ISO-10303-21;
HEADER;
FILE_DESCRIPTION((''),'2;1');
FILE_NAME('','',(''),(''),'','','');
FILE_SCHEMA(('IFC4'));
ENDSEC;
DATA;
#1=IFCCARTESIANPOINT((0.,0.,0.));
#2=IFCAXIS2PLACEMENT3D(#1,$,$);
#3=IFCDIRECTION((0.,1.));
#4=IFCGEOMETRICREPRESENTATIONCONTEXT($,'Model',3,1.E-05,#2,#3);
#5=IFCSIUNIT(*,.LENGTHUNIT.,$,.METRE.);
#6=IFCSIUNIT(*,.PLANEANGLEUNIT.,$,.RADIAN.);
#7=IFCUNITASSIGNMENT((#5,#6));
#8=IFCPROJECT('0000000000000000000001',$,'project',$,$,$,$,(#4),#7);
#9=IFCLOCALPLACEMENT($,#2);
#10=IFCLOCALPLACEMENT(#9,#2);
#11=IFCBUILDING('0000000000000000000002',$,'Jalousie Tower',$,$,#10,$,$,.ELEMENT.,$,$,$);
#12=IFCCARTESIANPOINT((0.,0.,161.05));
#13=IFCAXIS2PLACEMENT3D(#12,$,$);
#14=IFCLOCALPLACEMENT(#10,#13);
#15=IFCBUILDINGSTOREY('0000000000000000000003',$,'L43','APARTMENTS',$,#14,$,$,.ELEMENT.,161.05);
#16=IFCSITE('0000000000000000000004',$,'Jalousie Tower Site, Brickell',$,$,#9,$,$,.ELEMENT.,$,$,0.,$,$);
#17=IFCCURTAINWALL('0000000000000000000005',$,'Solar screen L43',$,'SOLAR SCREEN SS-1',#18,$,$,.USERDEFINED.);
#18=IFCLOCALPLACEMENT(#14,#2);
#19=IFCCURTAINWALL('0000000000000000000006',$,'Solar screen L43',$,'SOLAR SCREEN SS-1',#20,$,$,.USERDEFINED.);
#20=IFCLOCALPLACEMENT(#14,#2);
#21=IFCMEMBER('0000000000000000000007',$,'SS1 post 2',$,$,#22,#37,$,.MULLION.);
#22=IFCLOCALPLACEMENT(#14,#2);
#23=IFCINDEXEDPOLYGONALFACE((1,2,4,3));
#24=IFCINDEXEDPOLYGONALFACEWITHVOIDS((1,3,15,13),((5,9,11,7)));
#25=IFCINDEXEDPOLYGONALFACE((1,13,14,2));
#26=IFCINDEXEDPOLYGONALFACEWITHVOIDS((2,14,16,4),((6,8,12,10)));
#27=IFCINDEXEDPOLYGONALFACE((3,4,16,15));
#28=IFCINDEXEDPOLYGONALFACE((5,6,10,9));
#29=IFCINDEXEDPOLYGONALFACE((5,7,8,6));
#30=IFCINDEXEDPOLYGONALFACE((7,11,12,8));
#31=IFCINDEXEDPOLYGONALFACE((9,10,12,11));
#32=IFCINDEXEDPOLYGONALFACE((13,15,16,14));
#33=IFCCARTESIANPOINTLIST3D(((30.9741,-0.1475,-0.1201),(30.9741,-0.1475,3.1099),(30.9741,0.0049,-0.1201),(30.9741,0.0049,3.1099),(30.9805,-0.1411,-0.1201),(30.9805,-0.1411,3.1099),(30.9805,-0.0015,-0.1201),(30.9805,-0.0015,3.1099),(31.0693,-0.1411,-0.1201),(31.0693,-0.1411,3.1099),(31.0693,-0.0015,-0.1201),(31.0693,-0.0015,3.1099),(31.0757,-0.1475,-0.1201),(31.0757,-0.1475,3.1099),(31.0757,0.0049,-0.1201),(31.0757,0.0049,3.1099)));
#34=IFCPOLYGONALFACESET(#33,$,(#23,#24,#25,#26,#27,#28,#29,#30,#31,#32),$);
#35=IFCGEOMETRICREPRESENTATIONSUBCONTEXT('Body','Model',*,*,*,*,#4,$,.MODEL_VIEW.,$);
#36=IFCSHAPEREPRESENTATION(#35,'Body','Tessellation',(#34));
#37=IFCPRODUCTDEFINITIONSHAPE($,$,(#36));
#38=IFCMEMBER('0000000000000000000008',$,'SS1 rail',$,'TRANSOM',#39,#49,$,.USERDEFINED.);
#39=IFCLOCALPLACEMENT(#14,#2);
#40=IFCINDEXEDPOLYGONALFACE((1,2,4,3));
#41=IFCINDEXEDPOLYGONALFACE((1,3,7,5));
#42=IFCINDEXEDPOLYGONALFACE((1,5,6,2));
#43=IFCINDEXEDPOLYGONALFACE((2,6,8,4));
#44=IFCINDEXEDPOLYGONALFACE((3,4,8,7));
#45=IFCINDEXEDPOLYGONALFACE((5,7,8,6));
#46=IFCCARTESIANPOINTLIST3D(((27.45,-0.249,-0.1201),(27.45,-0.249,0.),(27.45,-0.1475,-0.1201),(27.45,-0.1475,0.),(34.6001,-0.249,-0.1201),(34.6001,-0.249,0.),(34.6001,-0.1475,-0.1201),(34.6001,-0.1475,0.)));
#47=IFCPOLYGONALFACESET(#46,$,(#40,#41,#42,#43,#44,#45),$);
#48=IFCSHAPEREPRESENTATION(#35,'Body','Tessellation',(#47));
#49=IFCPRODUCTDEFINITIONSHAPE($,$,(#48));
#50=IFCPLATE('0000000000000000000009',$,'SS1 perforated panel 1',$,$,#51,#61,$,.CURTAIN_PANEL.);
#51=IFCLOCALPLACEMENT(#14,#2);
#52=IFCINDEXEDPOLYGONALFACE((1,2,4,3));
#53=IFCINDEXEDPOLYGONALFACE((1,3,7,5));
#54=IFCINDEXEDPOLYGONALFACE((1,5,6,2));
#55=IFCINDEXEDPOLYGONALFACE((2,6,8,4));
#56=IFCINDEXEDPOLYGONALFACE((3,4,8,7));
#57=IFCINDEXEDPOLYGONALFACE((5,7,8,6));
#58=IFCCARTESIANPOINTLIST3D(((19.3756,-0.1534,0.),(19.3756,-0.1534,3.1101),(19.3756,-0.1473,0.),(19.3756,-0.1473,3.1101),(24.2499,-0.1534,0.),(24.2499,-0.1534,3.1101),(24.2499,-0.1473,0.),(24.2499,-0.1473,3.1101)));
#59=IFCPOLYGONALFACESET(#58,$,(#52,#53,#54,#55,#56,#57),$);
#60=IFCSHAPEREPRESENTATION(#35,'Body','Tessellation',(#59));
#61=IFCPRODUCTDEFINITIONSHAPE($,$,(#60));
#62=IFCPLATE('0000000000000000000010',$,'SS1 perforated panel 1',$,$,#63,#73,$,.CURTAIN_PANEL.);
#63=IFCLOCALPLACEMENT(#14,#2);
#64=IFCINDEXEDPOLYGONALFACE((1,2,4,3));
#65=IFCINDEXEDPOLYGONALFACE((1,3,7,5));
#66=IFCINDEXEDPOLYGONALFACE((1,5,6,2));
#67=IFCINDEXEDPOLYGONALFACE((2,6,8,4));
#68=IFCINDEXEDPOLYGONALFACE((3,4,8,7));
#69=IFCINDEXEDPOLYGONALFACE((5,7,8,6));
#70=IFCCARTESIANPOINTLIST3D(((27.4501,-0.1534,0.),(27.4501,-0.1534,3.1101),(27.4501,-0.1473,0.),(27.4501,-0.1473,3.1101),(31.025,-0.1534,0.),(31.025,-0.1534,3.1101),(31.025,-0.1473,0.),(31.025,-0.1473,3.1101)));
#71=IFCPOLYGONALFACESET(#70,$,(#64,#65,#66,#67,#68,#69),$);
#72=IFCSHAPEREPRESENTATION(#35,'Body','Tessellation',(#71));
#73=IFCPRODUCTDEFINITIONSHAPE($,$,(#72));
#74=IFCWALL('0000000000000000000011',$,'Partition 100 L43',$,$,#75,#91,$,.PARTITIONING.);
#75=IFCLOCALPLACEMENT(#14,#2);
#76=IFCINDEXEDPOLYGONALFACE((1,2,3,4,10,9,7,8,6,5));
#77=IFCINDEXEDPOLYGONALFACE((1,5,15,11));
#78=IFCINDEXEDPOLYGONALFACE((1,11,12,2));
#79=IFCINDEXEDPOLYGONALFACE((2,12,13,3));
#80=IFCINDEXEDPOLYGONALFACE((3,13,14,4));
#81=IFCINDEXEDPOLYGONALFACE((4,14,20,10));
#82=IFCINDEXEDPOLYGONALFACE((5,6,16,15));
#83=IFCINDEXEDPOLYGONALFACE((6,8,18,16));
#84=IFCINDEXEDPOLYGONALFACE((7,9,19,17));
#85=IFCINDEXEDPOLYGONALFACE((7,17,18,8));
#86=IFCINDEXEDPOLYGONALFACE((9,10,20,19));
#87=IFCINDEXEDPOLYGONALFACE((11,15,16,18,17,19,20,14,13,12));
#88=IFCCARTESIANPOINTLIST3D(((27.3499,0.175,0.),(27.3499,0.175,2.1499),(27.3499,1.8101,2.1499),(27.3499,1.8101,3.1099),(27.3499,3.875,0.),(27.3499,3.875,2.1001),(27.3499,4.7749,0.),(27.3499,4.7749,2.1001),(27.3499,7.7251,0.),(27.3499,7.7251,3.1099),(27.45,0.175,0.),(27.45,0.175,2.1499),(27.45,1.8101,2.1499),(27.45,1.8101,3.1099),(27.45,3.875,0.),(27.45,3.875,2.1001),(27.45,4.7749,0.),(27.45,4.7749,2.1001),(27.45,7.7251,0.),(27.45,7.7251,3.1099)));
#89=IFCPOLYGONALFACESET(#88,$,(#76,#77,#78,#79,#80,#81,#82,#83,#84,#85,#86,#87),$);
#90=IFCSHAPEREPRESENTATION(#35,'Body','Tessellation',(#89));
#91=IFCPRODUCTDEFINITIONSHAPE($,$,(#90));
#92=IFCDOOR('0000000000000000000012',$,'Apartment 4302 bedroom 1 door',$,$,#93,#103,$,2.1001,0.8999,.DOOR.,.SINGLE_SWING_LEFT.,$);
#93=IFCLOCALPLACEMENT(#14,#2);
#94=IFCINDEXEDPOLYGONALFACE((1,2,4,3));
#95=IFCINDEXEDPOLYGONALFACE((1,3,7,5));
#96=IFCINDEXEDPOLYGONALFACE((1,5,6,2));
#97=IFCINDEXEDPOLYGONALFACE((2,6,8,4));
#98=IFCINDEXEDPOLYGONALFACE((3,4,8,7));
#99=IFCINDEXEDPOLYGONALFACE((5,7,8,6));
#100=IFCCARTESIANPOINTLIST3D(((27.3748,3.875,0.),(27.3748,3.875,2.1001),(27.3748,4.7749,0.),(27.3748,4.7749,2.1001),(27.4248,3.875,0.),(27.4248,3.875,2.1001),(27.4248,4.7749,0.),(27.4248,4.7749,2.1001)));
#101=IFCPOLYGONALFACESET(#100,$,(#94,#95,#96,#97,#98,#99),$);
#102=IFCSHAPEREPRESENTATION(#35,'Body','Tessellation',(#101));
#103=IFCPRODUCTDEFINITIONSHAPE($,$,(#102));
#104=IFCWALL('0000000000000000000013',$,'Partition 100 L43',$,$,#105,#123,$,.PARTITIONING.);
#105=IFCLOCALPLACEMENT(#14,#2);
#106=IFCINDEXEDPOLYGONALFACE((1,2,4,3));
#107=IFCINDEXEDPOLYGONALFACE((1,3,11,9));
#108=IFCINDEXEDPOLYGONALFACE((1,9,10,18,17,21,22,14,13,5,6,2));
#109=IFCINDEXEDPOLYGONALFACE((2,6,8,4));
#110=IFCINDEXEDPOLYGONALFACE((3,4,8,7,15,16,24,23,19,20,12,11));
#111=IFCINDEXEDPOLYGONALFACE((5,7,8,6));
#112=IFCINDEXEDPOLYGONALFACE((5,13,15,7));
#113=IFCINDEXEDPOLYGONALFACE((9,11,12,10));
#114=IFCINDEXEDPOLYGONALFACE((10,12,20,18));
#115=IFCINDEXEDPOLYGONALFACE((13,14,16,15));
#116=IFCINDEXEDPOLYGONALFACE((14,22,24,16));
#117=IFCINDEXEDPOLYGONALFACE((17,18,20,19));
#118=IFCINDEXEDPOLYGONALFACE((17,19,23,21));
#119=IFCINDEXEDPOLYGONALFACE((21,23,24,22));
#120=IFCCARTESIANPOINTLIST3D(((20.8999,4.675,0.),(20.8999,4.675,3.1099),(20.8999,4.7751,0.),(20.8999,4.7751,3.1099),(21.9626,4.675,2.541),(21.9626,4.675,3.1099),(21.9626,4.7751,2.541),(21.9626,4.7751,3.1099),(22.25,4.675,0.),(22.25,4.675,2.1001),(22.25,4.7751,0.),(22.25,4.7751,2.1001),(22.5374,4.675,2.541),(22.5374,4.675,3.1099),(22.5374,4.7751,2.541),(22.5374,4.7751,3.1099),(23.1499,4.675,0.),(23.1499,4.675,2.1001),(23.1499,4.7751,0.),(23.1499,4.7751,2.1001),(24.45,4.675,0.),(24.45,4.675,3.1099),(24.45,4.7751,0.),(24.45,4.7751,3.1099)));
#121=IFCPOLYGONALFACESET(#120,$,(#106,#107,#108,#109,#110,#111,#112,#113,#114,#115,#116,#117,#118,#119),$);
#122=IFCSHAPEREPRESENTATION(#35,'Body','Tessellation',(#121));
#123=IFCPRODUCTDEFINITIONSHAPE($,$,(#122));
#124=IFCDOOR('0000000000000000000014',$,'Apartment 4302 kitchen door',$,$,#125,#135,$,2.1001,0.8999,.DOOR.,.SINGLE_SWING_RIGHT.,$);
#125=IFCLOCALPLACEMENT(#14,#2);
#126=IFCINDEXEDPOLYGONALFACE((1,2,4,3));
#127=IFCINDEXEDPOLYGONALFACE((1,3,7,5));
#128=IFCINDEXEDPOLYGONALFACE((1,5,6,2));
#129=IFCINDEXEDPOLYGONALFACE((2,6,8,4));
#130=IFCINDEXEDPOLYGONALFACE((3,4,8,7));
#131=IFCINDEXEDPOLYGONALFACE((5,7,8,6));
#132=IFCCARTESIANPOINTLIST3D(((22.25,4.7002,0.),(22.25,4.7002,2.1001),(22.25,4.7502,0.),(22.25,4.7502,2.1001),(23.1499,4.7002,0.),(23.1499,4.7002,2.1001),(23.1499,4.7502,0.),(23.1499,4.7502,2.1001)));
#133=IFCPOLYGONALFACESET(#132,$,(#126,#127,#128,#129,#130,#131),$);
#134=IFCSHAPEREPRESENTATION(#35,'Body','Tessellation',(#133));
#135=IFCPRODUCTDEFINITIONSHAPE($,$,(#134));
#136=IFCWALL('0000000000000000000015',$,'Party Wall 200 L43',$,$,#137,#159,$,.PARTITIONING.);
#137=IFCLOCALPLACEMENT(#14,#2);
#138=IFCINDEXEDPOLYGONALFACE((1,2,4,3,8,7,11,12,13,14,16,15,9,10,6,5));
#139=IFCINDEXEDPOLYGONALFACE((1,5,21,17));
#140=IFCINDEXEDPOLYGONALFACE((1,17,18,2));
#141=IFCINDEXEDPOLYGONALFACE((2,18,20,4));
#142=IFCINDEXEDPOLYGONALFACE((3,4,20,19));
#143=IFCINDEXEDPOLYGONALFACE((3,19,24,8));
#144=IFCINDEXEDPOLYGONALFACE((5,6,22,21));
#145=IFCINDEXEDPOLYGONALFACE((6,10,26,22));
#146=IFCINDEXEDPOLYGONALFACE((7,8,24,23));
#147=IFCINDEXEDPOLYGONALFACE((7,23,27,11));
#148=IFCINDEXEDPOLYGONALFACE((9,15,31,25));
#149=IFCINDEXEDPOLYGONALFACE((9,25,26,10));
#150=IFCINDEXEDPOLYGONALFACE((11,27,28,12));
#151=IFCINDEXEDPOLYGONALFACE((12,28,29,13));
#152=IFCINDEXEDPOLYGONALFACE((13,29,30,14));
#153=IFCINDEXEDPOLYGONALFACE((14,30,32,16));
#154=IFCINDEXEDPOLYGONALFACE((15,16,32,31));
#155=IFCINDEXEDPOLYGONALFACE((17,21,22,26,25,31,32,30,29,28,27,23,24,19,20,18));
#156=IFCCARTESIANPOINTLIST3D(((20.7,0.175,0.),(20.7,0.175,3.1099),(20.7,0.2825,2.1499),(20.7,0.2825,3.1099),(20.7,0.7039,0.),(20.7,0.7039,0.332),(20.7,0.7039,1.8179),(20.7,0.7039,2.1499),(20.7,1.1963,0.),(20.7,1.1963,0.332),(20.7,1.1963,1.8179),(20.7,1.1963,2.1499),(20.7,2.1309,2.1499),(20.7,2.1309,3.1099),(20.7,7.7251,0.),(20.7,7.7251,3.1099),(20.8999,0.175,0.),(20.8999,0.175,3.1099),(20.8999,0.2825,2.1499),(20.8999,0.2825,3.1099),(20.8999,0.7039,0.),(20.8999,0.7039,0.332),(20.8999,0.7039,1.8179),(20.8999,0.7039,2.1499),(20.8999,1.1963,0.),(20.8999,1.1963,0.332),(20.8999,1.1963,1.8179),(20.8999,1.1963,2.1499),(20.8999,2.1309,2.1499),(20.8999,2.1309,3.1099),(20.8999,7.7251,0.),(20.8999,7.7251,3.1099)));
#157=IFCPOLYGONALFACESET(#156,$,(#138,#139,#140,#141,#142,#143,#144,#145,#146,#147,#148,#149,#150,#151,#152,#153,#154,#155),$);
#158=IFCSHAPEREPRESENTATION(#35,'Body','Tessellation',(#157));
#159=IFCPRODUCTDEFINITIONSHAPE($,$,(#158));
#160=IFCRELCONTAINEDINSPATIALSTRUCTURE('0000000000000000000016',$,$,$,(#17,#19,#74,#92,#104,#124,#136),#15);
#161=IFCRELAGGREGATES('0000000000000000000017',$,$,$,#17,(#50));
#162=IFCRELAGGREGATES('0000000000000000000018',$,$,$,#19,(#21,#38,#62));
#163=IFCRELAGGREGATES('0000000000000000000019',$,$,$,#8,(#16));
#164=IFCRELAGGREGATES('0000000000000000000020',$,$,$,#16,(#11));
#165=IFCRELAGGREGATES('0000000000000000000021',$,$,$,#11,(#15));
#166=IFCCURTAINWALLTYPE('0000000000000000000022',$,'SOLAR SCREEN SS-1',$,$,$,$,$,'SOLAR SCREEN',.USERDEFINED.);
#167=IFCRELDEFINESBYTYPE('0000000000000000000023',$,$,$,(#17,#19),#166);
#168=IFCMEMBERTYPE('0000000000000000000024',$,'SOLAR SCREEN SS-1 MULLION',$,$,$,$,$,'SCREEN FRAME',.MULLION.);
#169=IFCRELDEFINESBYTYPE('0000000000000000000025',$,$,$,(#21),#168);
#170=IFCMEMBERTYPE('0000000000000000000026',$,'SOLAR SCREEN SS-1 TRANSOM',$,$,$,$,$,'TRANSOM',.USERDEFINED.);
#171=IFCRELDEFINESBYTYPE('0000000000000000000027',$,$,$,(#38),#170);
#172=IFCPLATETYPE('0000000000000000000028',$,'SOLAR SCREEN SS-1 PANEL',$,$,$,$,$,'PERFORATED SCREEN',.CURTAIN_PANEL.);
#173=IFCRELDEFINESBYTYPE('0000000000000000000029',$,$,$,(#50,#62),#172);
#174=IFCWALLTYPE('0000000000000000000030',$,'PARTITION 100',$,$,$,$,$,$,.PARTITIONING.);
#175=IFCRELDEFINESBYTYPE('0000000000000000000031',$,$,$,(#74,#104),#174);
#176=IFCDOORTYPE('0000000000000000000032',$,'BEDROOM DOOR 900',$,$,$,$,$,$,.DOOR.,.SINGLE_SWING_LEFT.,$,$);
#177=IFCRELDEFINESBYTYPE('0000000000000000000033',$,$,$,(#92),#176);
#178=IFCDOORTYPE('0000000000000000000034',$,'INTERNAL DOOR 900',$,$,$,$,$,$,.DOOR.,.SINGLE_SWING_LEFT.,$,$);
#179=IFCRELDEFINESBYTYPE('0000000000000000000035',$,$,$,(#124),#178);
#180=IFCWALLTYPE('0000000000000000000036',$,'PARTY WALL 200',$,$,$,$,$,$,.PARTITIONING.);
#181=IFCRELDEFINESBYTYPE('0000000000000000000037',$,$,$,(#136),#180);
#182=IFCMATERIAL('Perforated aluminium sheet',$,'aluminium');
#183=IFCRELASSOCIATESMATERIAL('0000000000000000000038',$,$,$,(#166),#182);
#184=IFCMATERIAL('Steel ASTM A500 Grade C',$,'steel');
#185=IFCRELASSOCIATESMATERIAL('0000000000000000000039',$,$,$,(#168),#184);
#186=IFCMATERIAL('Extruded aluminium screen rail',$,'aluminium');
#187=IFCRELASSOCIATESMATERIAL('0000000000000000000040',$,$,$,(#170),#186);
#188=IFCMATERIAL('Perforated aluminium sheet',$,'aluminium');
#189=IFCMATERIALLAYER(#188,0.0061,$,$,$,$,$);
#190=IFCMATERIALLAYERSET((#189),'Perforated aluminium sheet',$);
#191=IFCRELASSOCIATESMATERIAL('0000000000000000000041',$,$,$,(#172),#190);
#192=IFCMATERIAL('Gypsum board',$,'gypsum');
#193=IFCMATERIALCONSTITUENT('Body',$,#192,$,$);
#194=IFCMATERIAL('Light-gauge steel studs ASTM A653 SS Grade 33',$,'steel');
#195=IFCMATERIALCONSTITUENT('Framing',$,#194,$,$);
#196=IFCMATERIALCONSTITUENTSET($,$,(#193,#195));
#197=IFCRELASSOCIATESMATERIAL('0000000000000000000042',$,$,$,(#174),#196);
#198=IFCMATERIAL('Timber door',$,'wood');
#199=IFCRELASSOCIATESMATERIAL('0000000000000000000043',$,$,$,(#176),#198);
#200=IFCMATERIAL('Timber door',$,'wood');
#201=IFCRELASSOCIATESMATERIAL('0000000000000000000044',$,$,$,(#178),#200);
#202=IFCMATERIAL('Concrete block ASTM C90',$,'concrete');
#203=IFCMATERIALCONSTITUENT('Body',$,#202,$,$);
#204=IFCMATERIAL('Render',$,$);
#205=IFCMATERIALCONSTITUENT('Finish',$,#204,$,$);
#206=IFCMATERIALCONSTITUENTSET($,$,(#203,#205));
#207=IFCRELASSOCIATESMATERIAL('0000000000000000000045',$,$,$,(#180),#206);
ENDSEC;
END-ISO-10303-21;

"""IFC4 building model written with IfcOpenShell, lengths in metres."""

from ifc_helpers import new_model, si_unit, direction, frame, frame_2d, origin, origin_2d, place, context, subcontext, project, spatial, polyline, rectangle, hollow_rectangle, outline, extrude, material, layer, layer_set, constituent, constituent_set, material_profile, profile_set, type_object, element, fill, aggregate, save


model = new_model("IFC4")

# Units and contexts
model_context = context("Model", 3, precision=1e-05, world=origin(), true_north=direction((0.0, 1.0)))
body_context = subcontext(model_context, "Body", "Model", "MODEL_VIEW")
ifc_project = project(units=[si_unit("LENGTHUNIT", "METRE"), si_unit("PLANEANGLEUNIT", "RADIAN")], contexts=[model_context])

# Site, building, storey
site_placement = place(None, origin())
site = spatial("IfcSite", under=ifc_project, at=site_placement, Name="Jalousie Tower Site, Brickell", CompositionType="ELEMENT", RefElevation=0.0)
building_placement = place(site_placement, origin())
building = spatial("IfcBuilding", under=site, at=building_placement, Name="Jalousie Tower", CompositionType="ELEMENT")
storey_placement = place(building_placement, frame((0.0, 0.0, 161.05)))
storey = spatial("IfcBuildingStorey", under=building, at=storey_placement, Name="L43", Description="APARTMENTS", CompositionType="ELEMENT", Elevation=161.05)

# Curtain walls, members
ifc_material_1 = material(Name="Perforated aluminium sheet", Category="aluminium")
curtain_wall_type = type_object("IfcCurtainWallType", Name="SOLAR SCREEN SS-1", ElementType="SOLAR SCREEN", PredefinedType="USERDEFINED", material=ifc_material_1)
curtain_wall_1_placement = place(storey_placement, origin())
curtain_wall_1 = element("IfcCurtainWall", 1, at=curtain_wall_1_placement, inside=storey, type_object=curtain_wall_type, Name="Solar screen L43", ObjectType="SOLAR SCREEN SS-1", PredefinedType="USERDEFINED")
ifc_material_2 = material(Name="Steel ASTM A500 Grade C", Category="steel")
ifc_material_profile_1 = material_profile(ifc_material_2, hollow_rectangle(XDim=0.1016, YDim=0.1523, WallThickness=0.0063, at=origin_2d()), Name="HSS6X4X1/4")
ifc_profile_set_1 = profile_set([ifc_material_profile_1], Name="Steel ASTM A500 Grade C")
member_type_1 = type_object("IfcMemberType", Name="SOLAR SCREEN SS-1 MULLION", ElementType="SCREEN FRAME", PredefinedType="MULLION", material=ifc_profile_set_1)
curtain_wall_2_placement = place(storey_placement, origin())
curtain_wall_2 = element("IfcCurtainWall", 2, at=curtain_wall_2_placement, inside=storey, type_object=curtain_wall_type, Name="Solar screen L43", ObjectType="SOLAR SCREEN SS-1", PredefinedType="USERDEFINED")
member_1_placement = place(storey_placement, frame((31.0249, -0.0713, -0.1201), z_axis=(0.0, 0.0, 1.0), x_axis=(1.0, 0.0, 0.0)))
member_1 = element("IfcMember", 3, at=member_1_placement, type_object=member_type_1, Name="SS1 post 2", PredefinedType="MULLION", context=body_context, shape_type="SweptSolid", body=[
    extrude(hollow_rectangle(XDim=0.1016, YDim=0.1523, WallThickness=0.0063, at=origin_2d()), origin(), (0.0, 0.0, 1.0), 3.23),
])
ifc_material_3 = material(Name="Extruded aluminium screen rail", Category="aluminium")
ifc_material_profile_2 = material_profile(ifc_material_3, rectangle(XDim=0.1016, YDim=0.1201, at=origin_2d()), Name="RAIL 102x120")
ifc_profile_set_2 = profile_set([ifc_material_profile_2], Name="Extruded aluminium screen rail")
member_type_2 = type_object("IfcMemberType", Name="SOLAR SCREEN SS-1 TRANSOM", ElementType="TRANSOM", PredefinedType="USERDEFINED", material=ifc_profile_set_2)
member_2_placement = place(storey_placement, frame((27.45, -0.1982, -0.0601), z_axis=(1.0, 0.0, 0.0), x_axis=(0.0, 1.0, 0.0)))
member_2 = element("IfcMember", 4, at=member_2_placement, type_object=member_type_2, Name="SS1 rail", ObjectType="TRANSOM", PredefinedType="USERDEFINED", context=body_context, shape_type="SweptSolid", body=[
    extrude(rectangle(XDim=0.1016, YDim=0.1201, at=origin_2d()), origin(), (0.0, 0.0, 1.0), 7.1501),
])

# Plates
ifc_material_4 = material(Name="Perforated aluminium sheet", Category="aluminium")
ifc_layer_1 = layer(ifc_material_4, 0.0061)
ifc_layer_set_1 = layer_set([ifc_layer_1], Name="Perforated aluminium sheet")
plate_type = type_object("IfcPlateType", Name="SOLAR SCREEN SS-1 PANEL", ElementType="PERFORATED SCREEN", PredefinedType="CURTAIN_PANEL", material=ifc_layer_set_1)
plate_1_placement = place(storey_placement, frame((21.8127, -0.1504, 0.0), z_axis=(0.0, 0.0, 1.0), x_axis=(1.0, 0.0, 0.0)))
plate_1 = element("IfcPlate", 5, at=plate_1_placement, type_object=plate_type, Name="SS1 perforated panel 1", PredefinedType="CURTAIN_PANEL", context=body_context, shape_type="SweptSolid", body=[
    extrude(rectangle(XDim=4.8743, YDim=0.0061, at=origin_2d()), origin(), (0.0, 0.0, 1.0), 3.1101),
])
aggregate(curtain_wall_1, [plate_1])
plate_2_placement = place(storey_placement, frame((29.2375, -0.1504, 0.0), z_axis=(0.0, 0.0, 1.0), x_axis=(1.0, 0.0, 0.0)))
plate_2 = element("IfcPlate", 6, at=plate_2_placement, type_object=plate_type, Name="SS1 perforated panel 1", PredefinedType="CURTAIN_PANEL", context=body_context, shape_type="SweptSolid", body=[
    extrude(rectangle(XDim=3.575, YDim=0.0061, at=origin_2d()), origin(), (0.0, 0.0, 1.0), 3.1101),
])
aggregate(curtain_wall_2, [member_1, member_2, plate_2])

# Walls, openings, doors
ifc_material_5 = material(Name="Gypsum board", Category="gypsum")
ifc_constituent_1 = constituent(ifc_material_5, Name="Body")
ifc_material_6 = material(Name="Light-gauge steel studs ASTM A653 SS Grade 33", Category="steel")
ifc_constituent_2 = constituent(ifc_material_6, Name="Framing")
ifc_constituent_set_1 = constituent_set(constituents=[ifc_constituent_1, ifc_constituent_2])
wall_type_1 = type_object("IfcWallType", Name="PARTITION 100", PredefinedType="PARTITIONING", material=ifc_constituent_set_1)
wall_1_placement = place(storey_placement, frame((27.3999, 0.175, 0.0), z_axis=(0.0, 0.0, 1.0), x_axis=(0.0, 1.0, 0.0)))
wall_1 = element("IfcWall", 7, at=wall_1_placement, inside=storey, type_object=wall_type_1, Name="Partition 100 L43", PredefinedType="PARTITIONING", context=body_context, shape_type="SweptSolid", body=[
    extrude(outline(polyline([(0.0, 0.0), (7.55, 0.0), (7.55, 3.1099), (1.635, 3.1099), (1.635, 2.1499), (0.0, 2.1499), (0.0, 3.1099), (0.0, 0.0)])), frame((0.0, 0.05, 0.0), z_axis=(0.0, -1.0, 0.0), x_axis=(1.0, 0.0, 0.0)), (0.0, 0.0, 1.0), 0.1001),
])
opening_1_placement = place(wall_1_placement, frame((3.7, 0.0, 0.0)))
opening_1 = element("IfcOpeningElement", 8, at=opening_1_placement, cuts=wall_1, PredefinedType="OPENING", context=body_context, shape_type="SweptSolid", body=[
    extrude(rectangle(XDim=0.8999, YDim=2.1001, at=frame_2d((0.45, 1.05))), frame((0.0, 0.0601, 0.0), z_axis=(0.0, -1.0, 0.0), x_axis=(1.0, 0.0, 0.0)), (0.0, 0.0, 1.0), 0.1201),
])
ifc_material_7 = material(Name="Timber door", Category="wood")
door_type_1 = type_object("IfcDoorType", Name="BEDROOM DOOR 900", OperationType="SINGLE_SWING_LEFT", PredefinedType="DOOR", material=ifc_material_7)
door_1_placement = place(opening_1_placement, frame((0.8999, 0.0, 0.0), z_axis=(0.0, 0.0, 1.0), x_axis=(-1.0, 0.0, 0.0)))
door_1 = element("IfcDoor", 9, at=door_1_placement, inside=storey, type_object=door_type_1, Name="Apartment 4302 bedroom 1 door", OperationType="SINGLE_SWING_LEFT", OverallHeight=2.1001, OverallWidth=0.8999, PredefinedType="DOOR", context=body_context, shape_type="SweptSolid", body=[
    extrude(rectangle(XDim=0.8999, YDim=2.1001, at=frame_2d((0.45, 1.05))), frame((0.0, 0.0249, 0.0), z_axis=(0.0, -1.0, 0.0), x_axis=(1.0, 0.0, 0.0)), (0.0, 0.0, 1.0), 0.05),
])
fill(opening_1, door_1)
wall_2_placement = place(storey_placement, frame((20.8999, 4.7251, 0.0), z_axis=(0.0, 0.0, 1.0), x_axis=(1.0, 0.0, 0.0)))
wall_2 = element("IfcWall", 10, at=wall_2_placement, inside=storey, type_object=wall_type_1, Name="Partition 100 L43", PredefinedType="PARTITIONING", context=body_context, shape_type="SweptSolid", body=[
    extrude(outline(polyline([(0.0, 0.0), (3.55, 0.0), (3.55, 3.1099), (1.6375, 3.1099), (1.6375, 2.541), (1.0627, 2.541), (1.0627, 3.1099), (0.0, 3.1099), (0.0, 0.0)])), frame((0.0, 0.05, 0.0), z_axis=(0.0, -1.0, 0.0), x_axis=(1.0, 0.0, 0.0)), (0.0, 0.0, 1.0), 0.1001),
])
opening_2_placement = place(wall_2_placement, frame((1.3501, 0.0, 0.0)))
opening_2 = element("IfcOpeningElement", 11, at=opening_2_placement, cuts=wall_2, PredefinedType="OPENING", context=body_context, shape_type="SweptSolid", body=[
    extrude(rectangle(XDim=0.8999, YDim=2.1001, at=frame_2d((0.45, 1.05))), frame((0.0, 0.0601, 0.0), z_axis=(0.0, -1.0, 0.0), x_axis=(1.0, 0.0, 0.0)), (0.0, 0.0, 1.0), 0.1201),
])
ifc_material_8 = material(Name="Timber door", Category="wood")
door_type_2 = type_object("IfcDoorType", Name="INTERNAL DOOR 900", OperationType="SINGLE_SWING_LEFT", PredefinedType="DOOR", material=ifc_material_8)
door_2_placement = place(opening_2_placement, frame((0.8999, 0.0, 0.0), z_axis=(0.0, 0.0, 1.0), x_axis=(-1.0, 0.0, 0.0)))
door_2 = element("IfcDoor", 12, at=door_2_placement, inside=storey, type_object=door_type_2, Name="Apartment 4302 kitchen door", OperationType="SINGLE_SWING_RIGHT", OverallHeight=2.1001, OverallWidth=0.8999, PredefinedType="DOOR", context=body_context, shape_type="SweptSolid", body=[
    extrude(rectangle(XDim=0.8999, YDim=2.1001, at=frame_2d((0.45, 1.05))), frame((0.0, 0.0249, 0.0), z_axis=(0.0, -1.0, 0.0), x_axis=(1.0, 0.0, 0.0)), (0.0, 0.0, 1.0), 0.05),
])
fill(opening_2, door_2)

# Wall
ifc_material_9 = material(Name="Concrete block ASTM C90", Category="concrete")
ifc_constituent_3 = constituent(ifc_material_9, Name="Body")
ifc_material_10 = material(Name="Render")
ifc_constituent_4 = constituent(ifc_material_10, Name="Finish")
ifc_constituent_set_2 = constituent_set(constituents=[ifc_constituent_3, ifc_constituent_4])
wall_type_2 = type_object("IfcWallType", Name="PARTY WALL 200", PredefinedType="PARTITIONING", material=ifc_constituent_set_2)
wall_3_placement = place(storey_placement, frame((20.8, 0.175, 0.0), z_axis=(0.0, 0.0, 1.0), x_axis=(0.0, 1.0, 0.0)))
element("IfcWall", 13, at=wall_3_placement, inside=storey, type_object=wall_type_2, Name="Party Wall 200 L43", PredefinedType="PARTITIONING", context=body_context, shape_type="SweptSolid", body=[
    extrude(outline(polyline([(0.1074, 3.1099), (0.0, 3.1099), (0.0, 0.0), (0.5288, 0.0), (0.5288, 0.332), (1.0212, 0.332), (1.0212, 0.0), (7.55, 0.0), (7.55, 3.1099), (1.9558, 3.1099), (1.9558, 2.1499), (1.0212, 2.1499), (1.0212, 1.8179), (0.5288, 1.8179), (0.5288, 2.1499), (0.1074, 2.1499), (0.1074, 3.1099)])), frame((0.0, 0.1001, 0.0), z_axis=(0.0, -1.0, 0.0), x_axis=(1.0, 0.0, 0.0)), (0.0, 0.0, 1.0), 0.2),
])

save(model, "model.ifc")
